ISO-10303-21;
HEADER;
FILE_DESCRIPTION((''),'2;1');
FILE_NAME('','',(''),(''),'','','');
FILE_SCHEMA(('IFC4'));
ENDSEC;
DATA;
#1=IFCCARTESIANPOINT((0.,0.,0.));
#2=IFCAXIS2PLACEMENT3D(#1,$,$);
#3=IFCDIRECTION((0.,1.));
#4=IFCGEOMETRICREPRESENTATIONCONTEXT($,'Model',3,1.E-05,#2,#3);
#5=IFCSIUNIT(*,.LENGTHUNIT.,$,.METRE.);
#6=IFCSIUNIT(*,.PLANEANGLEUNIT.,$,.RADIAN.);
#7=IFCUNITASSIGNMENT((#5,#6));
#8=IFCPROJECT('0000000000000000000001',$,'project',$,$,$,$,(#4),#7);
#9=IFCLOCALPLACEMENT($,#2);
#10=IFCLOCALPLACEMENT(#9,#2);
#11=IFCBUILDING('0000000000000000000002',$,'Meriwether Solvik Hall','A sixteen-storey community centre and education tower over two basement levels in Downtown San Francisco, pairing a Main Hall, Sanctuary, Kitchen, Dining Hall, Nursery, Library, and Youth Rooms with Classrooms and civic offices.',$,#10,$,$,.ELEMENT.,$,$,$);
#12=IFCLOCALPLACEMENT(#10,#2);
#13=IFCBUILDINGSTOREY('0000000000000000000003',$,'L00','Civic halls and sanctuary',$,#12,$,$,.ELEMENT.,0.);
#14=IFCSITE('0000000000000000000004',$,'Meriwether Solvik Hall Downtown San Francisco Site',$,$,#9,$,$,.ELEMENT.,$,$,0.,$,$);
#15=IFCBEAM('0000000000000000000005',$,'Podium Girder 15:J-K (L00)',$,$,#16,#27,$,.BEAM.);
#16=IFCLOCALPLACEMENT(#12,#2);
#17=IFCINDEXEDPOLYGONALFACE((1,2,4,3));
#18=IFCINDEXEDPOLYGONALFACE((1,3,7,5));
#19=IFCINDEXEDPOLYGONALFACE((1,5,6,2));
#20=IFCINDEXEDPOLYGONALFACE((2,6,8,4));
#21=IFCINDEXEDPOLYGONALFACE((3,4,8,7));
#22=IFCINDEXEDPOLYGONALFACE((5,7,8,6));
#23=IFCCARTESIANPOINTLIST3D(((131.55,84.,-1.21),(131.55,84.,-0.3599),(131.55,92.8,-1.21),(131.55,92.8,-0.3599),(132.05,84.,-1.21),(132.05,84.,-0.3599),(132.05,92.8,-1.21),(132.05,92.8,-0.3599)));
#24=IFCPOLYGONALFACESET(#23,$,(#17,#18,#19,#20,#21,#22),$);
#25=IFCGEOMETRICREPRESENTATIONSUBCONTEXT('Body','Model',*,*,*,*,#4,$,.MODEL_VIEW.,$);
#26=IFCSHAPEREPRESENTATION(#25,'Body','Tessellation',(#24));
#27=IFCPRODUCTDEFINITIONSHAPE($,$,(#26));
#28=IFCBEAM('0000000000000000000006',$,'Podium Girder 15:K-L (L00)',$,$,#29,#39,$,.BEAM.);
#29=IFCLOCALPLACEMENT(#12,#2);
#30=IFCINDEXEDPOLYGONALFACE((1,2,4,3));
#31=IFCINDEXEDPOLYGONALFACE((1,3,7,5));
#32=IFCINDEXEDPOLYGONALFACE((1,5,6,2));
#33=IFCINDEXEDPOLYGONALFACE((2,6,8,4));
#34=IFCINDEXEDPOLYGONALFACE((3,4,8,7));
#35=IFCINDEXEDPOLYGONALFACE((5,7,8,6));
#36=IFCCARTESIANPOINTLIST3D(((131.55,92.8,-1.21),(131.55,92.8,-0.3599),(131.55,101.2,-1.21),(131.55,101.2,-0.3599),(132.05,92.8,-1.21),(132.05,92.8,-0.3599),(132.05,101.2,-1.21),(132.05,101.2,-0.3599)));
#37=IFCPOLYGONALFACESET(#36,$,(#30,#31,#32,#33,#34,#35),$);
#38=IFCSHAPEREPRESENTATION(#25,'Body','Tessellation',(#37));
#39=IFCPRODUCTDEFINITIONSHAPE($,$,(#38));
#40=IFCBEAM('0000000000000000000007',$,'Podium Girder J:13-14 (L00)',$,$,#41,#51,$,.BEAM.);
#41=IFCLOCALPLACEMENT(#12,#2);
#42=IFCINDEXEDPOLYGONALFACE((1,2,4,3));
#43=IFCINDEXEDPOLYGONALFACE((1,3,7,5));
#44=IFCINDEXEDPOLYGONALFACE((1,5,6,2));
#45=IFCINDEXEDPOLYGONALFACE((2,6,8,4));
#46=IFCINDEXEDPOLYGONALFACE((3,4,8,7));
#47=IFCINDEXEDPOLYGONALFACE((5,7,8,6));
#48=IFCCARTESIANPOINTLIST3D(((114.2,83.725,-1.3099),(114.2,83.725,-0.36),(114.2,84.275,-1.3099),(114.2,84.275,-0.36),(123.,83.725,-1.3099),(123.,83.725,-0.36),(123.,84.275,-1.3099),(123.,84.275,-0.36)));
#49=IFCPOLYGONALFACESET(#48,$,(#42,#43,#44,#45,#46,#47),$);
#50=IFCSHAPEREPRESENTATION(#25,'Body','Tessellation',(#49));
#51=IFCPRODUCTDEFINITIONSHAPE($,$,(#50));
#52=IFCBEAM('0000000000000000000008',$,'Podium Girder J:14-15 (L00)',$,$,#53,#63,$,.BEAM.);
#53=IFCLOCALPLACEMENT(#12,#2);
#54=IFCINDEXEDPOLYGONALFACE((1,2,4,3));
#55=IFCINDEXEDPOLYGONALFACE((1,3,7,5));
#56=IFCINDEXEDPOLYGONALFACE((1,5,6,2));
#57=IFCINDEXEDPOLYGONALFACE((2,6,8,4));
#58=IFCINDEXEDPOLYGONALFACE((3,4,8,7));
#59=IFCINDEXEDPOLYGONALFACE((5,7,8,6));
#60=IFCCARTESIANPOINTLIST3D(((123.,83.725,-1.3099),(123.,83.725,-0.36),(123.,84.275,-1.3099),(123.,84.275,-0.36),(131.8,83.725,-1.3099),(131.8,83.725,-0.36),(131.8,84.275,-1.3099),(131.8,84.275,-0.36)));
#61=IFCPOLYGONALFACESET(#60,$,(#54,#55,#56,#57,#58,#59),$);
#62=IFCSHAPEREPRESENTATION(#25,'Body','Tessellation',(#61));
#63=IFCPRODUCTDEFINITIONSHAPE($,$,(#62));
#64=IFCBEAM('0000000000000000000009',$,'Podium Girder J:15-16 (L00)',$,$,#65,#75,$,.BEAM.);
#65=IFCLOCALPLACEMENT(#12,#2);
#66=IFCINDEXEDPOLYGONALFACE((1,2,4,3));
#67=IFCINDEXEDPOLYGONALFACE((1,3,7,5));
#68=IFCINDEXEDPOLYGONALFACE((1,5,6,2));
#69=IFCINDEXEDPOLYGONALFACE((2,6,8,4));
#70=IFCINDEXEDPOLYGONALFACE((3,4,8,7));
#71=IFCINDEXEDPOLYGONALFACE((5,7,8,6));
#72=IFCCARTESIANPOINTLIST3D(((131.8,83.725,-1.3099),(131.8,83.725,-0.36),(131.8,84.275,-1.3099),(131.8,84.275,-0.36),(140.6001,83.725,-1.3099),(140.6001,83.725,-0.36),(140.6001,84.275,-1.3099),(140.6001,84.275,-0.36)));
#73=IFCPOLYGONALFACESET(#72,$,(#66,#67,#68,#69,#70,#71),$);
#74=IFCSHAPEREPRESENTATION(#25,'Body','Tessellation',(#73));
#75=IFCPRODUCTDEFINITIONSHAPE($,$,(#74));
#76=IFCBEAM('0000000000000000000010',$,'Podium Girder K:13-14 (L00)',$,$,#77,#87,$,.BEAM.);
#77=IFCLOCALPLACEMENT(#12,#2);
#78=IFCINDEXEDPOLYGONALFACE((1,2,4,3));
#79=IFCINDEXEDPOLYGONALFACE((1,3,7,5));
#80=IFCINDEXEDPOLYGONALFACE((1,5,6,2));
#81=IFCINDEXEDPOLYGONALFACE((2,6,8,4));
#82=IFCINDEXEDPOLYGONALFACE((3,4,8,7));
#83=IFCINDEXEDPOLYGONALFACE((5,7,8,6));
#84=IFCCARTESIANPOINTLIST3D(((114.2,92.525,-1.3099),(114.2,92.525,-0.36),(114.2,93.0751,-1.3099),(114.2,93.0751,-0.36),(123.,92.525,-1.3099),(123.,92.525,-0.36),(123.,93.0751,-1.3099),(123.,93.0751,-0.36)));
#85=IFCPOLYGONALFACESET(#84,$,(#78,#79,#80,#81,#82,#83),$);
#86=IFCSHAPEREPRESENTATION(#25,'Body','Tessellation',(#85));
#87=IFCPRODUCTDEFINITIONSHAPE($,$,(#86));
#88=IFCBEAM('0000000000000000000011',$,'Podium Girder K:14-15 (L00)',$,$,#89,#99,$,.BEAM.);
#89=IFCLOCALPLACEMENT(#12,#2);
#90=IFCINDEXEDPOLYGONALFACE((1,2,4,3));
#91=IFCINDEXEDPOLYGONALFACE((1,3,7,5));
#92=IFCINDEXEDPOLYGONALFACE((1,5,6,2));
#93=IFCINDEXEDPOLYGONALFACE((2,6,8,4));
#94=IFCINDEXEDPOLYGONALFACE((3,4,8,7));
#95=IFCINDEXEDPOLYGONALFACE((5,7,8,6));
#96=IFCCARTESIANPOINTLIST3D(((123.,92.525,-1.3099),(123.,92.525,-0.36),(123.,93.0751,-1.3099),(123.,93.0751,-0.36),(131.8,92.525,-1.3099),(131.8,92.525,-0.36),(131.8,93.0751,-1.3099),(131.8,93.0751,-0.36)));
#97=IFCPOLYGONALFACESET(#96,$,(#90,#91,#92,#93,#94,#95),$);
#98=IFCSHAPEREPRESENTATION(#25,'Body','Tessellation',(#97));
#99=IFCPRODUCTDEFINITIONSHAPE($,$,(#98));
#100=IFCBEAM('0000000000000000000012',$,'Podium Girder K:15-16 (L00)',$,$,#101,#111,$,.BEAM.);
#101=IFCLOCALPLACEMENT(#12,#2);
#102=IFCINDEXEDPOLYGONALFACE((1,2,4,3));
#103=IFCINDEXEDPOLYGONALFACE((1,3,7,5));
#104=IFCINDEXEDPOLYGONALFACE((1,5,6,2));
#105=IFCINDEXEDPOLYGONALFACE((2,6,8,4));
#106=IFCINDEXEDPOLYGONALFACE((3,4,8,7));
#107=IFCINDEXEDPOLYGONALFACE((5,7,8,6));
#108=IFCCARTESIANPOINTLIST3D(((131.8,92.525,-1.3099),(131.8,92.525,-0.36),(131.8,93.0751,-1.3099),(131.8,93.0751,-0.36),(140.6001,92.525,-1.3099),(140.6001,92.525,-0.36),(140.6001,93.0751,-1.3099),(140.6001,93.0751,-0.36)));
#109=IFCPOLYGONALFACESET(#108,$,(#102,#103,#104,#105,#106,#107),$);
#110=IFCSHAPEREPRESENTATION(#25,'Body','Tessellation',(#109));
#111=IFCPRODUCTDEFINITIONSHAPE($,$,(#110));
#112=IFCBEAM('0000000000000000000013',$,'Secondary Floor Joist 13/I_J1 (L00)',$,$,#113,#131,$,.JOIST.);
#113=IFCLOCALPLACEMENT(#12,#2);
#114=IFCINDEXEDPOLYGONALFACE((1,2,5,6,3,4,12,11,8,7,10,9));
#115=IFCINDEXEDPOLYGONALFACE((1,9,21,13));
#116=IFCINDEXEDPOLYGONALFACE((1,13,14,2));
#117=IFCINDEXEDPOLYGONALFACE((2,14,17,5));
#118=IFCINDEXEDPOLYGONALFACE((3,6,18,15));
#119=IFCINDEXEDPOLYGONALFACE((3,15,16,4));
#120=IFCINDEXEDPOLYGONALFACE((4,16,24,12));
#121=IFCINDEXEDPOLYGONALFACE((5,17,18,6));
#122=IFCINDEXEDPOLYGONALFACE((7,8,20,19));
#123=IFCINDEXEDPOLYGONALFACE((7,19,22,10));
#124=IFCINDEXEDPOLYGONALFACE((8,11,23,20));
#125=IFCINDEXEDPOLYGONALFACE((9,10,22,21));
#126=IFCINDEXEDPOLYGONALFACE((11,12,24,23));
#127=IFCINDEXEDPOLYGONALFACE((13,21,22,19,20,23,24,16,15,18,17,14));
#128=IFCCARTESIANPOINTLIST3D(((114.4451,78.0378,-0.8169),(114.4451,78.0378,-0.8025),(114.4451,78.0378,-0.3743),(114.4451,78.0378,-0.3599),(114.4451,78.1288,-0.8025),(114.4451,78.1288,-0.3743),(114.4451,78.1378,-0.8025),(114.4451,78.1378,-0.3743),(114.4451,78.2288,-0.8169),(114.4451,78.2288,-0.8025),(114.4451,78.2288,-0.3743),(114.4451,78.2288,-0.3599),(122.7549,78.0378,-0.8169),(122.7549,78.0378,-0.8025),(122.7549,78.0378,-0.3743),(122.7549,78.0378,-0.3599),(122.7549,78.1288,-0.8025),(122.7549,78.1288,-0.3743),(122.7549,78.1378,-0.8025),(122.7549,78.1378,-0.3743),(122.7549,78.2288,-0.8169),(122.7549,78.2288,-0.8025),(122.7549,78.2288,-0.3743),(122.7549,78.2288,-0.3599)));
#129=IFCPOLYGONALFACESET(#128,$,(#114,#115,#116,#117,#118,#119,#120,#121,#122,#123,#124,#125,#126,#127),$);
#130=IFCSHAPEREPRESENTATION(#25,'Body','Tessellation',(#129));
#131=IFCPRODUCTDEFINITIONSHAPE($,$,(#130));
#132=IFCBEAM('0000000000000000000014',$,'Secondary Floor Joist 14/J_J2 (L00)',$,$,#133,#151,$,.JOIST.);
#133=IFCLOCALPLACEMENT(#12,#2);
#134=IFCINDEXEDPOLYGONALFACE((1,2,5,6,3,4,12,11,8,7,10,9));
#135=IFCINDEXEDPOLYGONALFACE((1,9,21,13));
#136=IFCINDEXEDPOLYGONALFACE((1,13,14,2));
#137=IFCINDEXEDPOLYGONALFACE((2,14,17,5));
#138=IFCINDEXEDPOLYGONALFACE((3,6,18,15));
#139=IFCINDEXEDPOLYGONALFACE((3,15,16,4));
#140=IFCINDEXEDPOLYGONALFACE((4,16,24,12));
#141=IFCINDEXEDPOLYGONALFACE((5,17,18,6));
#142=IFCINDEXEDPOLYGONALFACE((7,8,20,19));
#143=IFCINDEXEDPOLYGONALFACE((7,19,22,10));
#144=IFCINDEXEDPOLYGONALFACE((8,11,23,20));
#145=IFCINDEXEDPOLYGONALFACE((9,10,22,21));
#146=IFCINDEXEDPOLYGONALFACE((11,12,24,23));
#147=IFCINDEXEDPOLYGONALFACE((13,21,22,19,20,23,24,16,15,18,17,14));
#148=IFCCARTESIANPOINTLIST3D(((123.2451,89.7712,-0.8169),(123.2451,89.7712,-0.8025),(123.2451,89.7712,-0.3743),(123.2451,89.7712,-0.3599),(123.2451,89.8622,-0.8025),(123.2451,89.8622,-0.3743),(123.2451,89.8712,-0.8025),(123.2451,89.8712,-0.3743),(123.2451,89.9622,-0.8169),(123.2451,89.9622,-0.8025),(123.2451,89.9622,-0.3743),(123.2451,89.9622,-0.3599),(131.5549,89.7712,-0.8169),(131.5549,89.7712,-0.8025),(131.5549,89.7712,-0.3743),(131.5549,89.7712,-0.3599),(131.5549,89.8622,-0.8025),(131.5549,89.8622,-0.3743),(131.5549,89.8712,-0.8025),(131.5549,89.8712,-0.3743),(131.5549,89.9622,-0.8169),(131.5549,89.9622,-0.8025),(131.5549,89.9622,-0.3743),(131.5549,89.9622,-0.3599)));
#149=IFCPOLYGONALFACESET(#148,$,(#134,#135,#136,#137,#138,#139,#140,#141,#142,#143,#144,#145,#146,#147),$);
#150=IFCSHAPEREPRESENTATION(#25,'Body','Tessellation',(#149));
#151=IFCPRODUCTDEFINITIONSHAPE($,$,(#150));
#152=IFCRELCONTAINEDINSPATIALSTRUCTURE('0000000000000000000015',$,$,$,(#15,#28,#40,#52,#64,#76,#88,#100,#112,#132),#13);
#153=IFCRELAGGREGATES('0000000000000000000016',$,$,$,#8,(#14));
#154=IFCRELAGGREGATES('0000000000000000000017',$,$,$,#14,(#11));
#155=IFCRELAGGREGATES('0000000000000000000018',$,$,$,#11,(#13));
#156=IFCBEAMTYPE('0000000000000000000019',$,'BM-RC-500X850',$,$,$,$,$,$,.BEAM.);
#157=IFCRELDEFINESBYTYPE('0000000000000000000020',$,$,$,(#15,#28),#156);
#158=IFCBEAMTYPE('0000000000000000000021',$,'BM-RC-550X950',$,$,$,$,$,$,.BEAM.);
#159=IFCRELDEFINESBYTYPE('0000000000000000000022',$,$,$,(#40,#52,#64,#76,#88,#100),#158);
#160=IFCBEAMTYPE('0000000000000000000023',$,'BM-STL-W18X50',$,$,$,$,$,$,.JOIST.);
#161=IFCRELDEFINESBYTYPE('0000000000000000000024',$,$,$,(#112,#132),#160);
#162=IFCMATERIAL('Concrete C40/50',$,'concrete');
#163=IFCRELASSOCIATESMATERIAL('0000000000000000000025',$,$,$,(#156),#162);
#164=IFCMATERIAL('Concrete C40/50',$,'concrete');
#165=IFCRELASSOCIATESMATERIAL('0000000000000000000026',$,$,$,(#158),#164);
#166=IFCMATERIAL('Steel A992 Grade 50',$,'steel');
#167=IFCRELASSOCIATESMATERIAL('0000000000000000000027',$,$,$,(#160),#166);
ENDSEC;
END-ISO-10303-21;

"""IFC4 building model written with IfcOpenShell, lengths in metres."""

from ifc_helpers import new_model, si_unit, direction, frame, origin, origin_2d, place, context, subcontext, project, spatial, rectangle, i_section, extrude, material, material_profile, profile_set, type_object, element, save


model = new_model("IFC4")

# Units and contexts
model_context = context("Model", 3, precision=1e-05, world=origin(), true_north=direction((0.0, 1.0)))
body_context = subcontext(model_context, "Body", "Model", "MODEL_VIEW")
ifc_project = project(units=[si_unit("LENGTHUNIT", "METRE"), si_unit("PLANEANGLEUNIT", "RADIAN")], contexts=[model_context])

# Site, building, storey
site_placement = place(None, origin())
site = spatial("IfcSite", under=ifc_project, at=site_placement, Name="Meriwether Solvik Hall Downtown San Francisco Site", CompositionType="ELEMENT", RefElevation=0.0)
building_placement = place(site_placement, origin())
building = spatial("IfcBuilding", under=site, at=building_placement, Name="Meriwether Solvik Hall", Description="A sixteen-storey community centre and education tower over two basement levels in Downtown San Francisco, pairing a Main Hall, Sanctuary, Kitchen, Dining Hall, Nursery, Library, and Youth Rooms with Classrooms and civic offices.", CompositionType="ELEMENT")
storey_placement = place(building_placement, origin())
storey = spatial("IfcBuildingStorey", under=building, at=storey_placement, Name="L00", Description="Civic halls and sanctuary", CompositionType="ELEMENT", Elevation=0.0)

# Beams
ifc_material_1 = material(Name="Concrete C40/50", Category="concrete")
ifc_material_profile_1 = material_profile(ifc_material_1, rectangle(XDim=0.5, YDim=0.8501, at=origin_2d()), Name="RCB-500X850")
ifc_profile_set_1 = profile_set([ifc_material_profile_1], Name="Concrete C40/50")
beam_type_1 = type_object("IfcBeamType", Name="BM-RC-500X850", PredefinedType="BEAM", material=ifc_profile_set_1)
for number, where, z_axis, x_axis, name in (
    (1, (131.8, 84.0, -0.7849), (0.0, 1.0, 0.0), (-1.0, 0.0, 0.0), "Podium Girder 15:J-K (L00)"),
):
    element("IfcBeam", number, at=place(storey_placement, frame(where, z_axis=z_axis, x_axis=x_axis)), inside=storey, type_object=beam_type_1, Name=name, PredefinedType="BEAM", context=body_context, shape_type="SweptSolid", body=[
        extrude(rectangle(XDim=0.5, YDim=0.8501, at=origin_2d()), origin(), (0.0, 0.0, 1.0), 8.8),
    ])
beam_1_placement = place(storey_placement, frame((131.8, 92.8, -0.7849), z_axis=(0.0, 1.0, 0.0), x_axis=(-1.0, 0.0, 0.0)))
element("IfcBeam", 2, at=beam_1_placement, inside=storey, type_object=beam_type_1, Name="Podium Girder 15:K-L (L00)", PredefinedType="BEAM", context=body_context, shape_type="SweptSolid", body=[
    extrude(rectangle(XDim=0.5, YDim=0.8501, at=origin_2d()), origin(), (0.0, 0.0, 1.0), 8.3999),
])
ifc_material_2 = material(Name="Concrete C40/50", Category="concrete")
ifc_material_profile_2 = material_profile(ifc_material_2, rectangle(XDim=0.55, YDim=0.95, at=origin_2d()), Name="RCB-550X950")
ifc_profile_set_2 = profile_set([ifc_material_profile_2], Name="Concrete C40/50")
beam_type_2 = type_object("IfcBeamType", Name="BM-RC-550X950", PredefinedType="BEAM", material=ifc_profile_set_2)
for number, where, z_axis, x_axis, name in (
    (3, (114.2, 84.0, -0.835), (1.0, 0.0, 0.0), (0.0, 1.0, 0.0), "Podium Girder J:13-14 (L00)"),
    (4, (123.0, 84.0, -0.835), (1.0, 0.0, 0.0), (0.0, 1.0, 0.0), "Podium Girder J:14-15 (L00)"),
    (5, (131.8, 84.0, -0.835), (1.0, 0.0, 0.0), (0.0, 1.0, 0.0), "Podium Girder J:15-16 (L00)"),
    (6, (114.2, 92.8, -0.835), (1.0, 0.0, 0.0), (0.0, 1.0, 0.0), "Podium Girder K:13-14 (L00)"),
    (7, (123.0, 92.8, -0.835), (1.0, 0.0, 0.0), (0.0, 1.0, 0.0), "Podium Girder K:14-15 (L00)"),
    (8, (131.8, 92.8, -0.835), (1.0, 0.0, 0.0), (0.0, 1.0, 0.0), "Podium Girder K:15-16 (L00)"),
):
    element("IfcBeam", number, at=place(storey_placement, frame(where, z_axis=z_axis, x_axis=x_axis)), inside=storey, type_object=beam_type_2, Name=name, PredefinedType="BEAM", context=body_context, shape_type="SweptSolid", body=[
        extrude(rectangle(XDim=0.55, YDim=0.95, at=origin_2d()), origin(), (0.0, 0.0, 1.0), 8.8),
    ])
ifc_material_3 = material(Name="Steel A992 Grade 50", Category="steel")
ifc_material_profile_3 = material_profile(ifc_material_3, i_section(OverallWidth=0.1909, OverallDepth=0.457, WebThickness=0.009, FlangeThickness=0.0144, at=origin_2d()), Name="W18X50")
ifc_profile_set_3 = profile_set([ifc_material_profile_3], Name="Steel A992 Grade 50")
beam_type_3 = type_object("IfcBeamType", Name="BM-STL-W18X50", PredefinedType="JOIST", material=ifc_profile_set_3)
for number, where, z_axis, x_axis, name in (
    (9, (114.4451, 78.1333, -0.5884), (1.0, 0.0, 0.0), (0.0, 1.0, 0.0), "Secondary Floor Joist 13/I_J1 (L00)"),
    (10, (123.2451, 89.8667, -0.5884), (1.0, 0.0, 0.0), (0.0, 1.0, 0.0), "Secondary Floor Joist 14/J_J2 (L00)"),
):
    element("IfcBeam", number, at=place(storey_placement, frame(where, z_axis=z_axis, x_axis=x_axis)), inside=storey, type_object=beam_type_3, Name=name, PredefinedType="JOIST", context=body_context, shape_type="SweptSolid", body=[
        extrude(i_section(OverallWidth=0.1909, OverallDepth=0.457, WebThickness=0.009, FlangeThickness=0.0144, at=origin_2d()), origin(), (0.0, 0.0, 1.0), 8.3098),
    ])

save(model, "model.ifc")
